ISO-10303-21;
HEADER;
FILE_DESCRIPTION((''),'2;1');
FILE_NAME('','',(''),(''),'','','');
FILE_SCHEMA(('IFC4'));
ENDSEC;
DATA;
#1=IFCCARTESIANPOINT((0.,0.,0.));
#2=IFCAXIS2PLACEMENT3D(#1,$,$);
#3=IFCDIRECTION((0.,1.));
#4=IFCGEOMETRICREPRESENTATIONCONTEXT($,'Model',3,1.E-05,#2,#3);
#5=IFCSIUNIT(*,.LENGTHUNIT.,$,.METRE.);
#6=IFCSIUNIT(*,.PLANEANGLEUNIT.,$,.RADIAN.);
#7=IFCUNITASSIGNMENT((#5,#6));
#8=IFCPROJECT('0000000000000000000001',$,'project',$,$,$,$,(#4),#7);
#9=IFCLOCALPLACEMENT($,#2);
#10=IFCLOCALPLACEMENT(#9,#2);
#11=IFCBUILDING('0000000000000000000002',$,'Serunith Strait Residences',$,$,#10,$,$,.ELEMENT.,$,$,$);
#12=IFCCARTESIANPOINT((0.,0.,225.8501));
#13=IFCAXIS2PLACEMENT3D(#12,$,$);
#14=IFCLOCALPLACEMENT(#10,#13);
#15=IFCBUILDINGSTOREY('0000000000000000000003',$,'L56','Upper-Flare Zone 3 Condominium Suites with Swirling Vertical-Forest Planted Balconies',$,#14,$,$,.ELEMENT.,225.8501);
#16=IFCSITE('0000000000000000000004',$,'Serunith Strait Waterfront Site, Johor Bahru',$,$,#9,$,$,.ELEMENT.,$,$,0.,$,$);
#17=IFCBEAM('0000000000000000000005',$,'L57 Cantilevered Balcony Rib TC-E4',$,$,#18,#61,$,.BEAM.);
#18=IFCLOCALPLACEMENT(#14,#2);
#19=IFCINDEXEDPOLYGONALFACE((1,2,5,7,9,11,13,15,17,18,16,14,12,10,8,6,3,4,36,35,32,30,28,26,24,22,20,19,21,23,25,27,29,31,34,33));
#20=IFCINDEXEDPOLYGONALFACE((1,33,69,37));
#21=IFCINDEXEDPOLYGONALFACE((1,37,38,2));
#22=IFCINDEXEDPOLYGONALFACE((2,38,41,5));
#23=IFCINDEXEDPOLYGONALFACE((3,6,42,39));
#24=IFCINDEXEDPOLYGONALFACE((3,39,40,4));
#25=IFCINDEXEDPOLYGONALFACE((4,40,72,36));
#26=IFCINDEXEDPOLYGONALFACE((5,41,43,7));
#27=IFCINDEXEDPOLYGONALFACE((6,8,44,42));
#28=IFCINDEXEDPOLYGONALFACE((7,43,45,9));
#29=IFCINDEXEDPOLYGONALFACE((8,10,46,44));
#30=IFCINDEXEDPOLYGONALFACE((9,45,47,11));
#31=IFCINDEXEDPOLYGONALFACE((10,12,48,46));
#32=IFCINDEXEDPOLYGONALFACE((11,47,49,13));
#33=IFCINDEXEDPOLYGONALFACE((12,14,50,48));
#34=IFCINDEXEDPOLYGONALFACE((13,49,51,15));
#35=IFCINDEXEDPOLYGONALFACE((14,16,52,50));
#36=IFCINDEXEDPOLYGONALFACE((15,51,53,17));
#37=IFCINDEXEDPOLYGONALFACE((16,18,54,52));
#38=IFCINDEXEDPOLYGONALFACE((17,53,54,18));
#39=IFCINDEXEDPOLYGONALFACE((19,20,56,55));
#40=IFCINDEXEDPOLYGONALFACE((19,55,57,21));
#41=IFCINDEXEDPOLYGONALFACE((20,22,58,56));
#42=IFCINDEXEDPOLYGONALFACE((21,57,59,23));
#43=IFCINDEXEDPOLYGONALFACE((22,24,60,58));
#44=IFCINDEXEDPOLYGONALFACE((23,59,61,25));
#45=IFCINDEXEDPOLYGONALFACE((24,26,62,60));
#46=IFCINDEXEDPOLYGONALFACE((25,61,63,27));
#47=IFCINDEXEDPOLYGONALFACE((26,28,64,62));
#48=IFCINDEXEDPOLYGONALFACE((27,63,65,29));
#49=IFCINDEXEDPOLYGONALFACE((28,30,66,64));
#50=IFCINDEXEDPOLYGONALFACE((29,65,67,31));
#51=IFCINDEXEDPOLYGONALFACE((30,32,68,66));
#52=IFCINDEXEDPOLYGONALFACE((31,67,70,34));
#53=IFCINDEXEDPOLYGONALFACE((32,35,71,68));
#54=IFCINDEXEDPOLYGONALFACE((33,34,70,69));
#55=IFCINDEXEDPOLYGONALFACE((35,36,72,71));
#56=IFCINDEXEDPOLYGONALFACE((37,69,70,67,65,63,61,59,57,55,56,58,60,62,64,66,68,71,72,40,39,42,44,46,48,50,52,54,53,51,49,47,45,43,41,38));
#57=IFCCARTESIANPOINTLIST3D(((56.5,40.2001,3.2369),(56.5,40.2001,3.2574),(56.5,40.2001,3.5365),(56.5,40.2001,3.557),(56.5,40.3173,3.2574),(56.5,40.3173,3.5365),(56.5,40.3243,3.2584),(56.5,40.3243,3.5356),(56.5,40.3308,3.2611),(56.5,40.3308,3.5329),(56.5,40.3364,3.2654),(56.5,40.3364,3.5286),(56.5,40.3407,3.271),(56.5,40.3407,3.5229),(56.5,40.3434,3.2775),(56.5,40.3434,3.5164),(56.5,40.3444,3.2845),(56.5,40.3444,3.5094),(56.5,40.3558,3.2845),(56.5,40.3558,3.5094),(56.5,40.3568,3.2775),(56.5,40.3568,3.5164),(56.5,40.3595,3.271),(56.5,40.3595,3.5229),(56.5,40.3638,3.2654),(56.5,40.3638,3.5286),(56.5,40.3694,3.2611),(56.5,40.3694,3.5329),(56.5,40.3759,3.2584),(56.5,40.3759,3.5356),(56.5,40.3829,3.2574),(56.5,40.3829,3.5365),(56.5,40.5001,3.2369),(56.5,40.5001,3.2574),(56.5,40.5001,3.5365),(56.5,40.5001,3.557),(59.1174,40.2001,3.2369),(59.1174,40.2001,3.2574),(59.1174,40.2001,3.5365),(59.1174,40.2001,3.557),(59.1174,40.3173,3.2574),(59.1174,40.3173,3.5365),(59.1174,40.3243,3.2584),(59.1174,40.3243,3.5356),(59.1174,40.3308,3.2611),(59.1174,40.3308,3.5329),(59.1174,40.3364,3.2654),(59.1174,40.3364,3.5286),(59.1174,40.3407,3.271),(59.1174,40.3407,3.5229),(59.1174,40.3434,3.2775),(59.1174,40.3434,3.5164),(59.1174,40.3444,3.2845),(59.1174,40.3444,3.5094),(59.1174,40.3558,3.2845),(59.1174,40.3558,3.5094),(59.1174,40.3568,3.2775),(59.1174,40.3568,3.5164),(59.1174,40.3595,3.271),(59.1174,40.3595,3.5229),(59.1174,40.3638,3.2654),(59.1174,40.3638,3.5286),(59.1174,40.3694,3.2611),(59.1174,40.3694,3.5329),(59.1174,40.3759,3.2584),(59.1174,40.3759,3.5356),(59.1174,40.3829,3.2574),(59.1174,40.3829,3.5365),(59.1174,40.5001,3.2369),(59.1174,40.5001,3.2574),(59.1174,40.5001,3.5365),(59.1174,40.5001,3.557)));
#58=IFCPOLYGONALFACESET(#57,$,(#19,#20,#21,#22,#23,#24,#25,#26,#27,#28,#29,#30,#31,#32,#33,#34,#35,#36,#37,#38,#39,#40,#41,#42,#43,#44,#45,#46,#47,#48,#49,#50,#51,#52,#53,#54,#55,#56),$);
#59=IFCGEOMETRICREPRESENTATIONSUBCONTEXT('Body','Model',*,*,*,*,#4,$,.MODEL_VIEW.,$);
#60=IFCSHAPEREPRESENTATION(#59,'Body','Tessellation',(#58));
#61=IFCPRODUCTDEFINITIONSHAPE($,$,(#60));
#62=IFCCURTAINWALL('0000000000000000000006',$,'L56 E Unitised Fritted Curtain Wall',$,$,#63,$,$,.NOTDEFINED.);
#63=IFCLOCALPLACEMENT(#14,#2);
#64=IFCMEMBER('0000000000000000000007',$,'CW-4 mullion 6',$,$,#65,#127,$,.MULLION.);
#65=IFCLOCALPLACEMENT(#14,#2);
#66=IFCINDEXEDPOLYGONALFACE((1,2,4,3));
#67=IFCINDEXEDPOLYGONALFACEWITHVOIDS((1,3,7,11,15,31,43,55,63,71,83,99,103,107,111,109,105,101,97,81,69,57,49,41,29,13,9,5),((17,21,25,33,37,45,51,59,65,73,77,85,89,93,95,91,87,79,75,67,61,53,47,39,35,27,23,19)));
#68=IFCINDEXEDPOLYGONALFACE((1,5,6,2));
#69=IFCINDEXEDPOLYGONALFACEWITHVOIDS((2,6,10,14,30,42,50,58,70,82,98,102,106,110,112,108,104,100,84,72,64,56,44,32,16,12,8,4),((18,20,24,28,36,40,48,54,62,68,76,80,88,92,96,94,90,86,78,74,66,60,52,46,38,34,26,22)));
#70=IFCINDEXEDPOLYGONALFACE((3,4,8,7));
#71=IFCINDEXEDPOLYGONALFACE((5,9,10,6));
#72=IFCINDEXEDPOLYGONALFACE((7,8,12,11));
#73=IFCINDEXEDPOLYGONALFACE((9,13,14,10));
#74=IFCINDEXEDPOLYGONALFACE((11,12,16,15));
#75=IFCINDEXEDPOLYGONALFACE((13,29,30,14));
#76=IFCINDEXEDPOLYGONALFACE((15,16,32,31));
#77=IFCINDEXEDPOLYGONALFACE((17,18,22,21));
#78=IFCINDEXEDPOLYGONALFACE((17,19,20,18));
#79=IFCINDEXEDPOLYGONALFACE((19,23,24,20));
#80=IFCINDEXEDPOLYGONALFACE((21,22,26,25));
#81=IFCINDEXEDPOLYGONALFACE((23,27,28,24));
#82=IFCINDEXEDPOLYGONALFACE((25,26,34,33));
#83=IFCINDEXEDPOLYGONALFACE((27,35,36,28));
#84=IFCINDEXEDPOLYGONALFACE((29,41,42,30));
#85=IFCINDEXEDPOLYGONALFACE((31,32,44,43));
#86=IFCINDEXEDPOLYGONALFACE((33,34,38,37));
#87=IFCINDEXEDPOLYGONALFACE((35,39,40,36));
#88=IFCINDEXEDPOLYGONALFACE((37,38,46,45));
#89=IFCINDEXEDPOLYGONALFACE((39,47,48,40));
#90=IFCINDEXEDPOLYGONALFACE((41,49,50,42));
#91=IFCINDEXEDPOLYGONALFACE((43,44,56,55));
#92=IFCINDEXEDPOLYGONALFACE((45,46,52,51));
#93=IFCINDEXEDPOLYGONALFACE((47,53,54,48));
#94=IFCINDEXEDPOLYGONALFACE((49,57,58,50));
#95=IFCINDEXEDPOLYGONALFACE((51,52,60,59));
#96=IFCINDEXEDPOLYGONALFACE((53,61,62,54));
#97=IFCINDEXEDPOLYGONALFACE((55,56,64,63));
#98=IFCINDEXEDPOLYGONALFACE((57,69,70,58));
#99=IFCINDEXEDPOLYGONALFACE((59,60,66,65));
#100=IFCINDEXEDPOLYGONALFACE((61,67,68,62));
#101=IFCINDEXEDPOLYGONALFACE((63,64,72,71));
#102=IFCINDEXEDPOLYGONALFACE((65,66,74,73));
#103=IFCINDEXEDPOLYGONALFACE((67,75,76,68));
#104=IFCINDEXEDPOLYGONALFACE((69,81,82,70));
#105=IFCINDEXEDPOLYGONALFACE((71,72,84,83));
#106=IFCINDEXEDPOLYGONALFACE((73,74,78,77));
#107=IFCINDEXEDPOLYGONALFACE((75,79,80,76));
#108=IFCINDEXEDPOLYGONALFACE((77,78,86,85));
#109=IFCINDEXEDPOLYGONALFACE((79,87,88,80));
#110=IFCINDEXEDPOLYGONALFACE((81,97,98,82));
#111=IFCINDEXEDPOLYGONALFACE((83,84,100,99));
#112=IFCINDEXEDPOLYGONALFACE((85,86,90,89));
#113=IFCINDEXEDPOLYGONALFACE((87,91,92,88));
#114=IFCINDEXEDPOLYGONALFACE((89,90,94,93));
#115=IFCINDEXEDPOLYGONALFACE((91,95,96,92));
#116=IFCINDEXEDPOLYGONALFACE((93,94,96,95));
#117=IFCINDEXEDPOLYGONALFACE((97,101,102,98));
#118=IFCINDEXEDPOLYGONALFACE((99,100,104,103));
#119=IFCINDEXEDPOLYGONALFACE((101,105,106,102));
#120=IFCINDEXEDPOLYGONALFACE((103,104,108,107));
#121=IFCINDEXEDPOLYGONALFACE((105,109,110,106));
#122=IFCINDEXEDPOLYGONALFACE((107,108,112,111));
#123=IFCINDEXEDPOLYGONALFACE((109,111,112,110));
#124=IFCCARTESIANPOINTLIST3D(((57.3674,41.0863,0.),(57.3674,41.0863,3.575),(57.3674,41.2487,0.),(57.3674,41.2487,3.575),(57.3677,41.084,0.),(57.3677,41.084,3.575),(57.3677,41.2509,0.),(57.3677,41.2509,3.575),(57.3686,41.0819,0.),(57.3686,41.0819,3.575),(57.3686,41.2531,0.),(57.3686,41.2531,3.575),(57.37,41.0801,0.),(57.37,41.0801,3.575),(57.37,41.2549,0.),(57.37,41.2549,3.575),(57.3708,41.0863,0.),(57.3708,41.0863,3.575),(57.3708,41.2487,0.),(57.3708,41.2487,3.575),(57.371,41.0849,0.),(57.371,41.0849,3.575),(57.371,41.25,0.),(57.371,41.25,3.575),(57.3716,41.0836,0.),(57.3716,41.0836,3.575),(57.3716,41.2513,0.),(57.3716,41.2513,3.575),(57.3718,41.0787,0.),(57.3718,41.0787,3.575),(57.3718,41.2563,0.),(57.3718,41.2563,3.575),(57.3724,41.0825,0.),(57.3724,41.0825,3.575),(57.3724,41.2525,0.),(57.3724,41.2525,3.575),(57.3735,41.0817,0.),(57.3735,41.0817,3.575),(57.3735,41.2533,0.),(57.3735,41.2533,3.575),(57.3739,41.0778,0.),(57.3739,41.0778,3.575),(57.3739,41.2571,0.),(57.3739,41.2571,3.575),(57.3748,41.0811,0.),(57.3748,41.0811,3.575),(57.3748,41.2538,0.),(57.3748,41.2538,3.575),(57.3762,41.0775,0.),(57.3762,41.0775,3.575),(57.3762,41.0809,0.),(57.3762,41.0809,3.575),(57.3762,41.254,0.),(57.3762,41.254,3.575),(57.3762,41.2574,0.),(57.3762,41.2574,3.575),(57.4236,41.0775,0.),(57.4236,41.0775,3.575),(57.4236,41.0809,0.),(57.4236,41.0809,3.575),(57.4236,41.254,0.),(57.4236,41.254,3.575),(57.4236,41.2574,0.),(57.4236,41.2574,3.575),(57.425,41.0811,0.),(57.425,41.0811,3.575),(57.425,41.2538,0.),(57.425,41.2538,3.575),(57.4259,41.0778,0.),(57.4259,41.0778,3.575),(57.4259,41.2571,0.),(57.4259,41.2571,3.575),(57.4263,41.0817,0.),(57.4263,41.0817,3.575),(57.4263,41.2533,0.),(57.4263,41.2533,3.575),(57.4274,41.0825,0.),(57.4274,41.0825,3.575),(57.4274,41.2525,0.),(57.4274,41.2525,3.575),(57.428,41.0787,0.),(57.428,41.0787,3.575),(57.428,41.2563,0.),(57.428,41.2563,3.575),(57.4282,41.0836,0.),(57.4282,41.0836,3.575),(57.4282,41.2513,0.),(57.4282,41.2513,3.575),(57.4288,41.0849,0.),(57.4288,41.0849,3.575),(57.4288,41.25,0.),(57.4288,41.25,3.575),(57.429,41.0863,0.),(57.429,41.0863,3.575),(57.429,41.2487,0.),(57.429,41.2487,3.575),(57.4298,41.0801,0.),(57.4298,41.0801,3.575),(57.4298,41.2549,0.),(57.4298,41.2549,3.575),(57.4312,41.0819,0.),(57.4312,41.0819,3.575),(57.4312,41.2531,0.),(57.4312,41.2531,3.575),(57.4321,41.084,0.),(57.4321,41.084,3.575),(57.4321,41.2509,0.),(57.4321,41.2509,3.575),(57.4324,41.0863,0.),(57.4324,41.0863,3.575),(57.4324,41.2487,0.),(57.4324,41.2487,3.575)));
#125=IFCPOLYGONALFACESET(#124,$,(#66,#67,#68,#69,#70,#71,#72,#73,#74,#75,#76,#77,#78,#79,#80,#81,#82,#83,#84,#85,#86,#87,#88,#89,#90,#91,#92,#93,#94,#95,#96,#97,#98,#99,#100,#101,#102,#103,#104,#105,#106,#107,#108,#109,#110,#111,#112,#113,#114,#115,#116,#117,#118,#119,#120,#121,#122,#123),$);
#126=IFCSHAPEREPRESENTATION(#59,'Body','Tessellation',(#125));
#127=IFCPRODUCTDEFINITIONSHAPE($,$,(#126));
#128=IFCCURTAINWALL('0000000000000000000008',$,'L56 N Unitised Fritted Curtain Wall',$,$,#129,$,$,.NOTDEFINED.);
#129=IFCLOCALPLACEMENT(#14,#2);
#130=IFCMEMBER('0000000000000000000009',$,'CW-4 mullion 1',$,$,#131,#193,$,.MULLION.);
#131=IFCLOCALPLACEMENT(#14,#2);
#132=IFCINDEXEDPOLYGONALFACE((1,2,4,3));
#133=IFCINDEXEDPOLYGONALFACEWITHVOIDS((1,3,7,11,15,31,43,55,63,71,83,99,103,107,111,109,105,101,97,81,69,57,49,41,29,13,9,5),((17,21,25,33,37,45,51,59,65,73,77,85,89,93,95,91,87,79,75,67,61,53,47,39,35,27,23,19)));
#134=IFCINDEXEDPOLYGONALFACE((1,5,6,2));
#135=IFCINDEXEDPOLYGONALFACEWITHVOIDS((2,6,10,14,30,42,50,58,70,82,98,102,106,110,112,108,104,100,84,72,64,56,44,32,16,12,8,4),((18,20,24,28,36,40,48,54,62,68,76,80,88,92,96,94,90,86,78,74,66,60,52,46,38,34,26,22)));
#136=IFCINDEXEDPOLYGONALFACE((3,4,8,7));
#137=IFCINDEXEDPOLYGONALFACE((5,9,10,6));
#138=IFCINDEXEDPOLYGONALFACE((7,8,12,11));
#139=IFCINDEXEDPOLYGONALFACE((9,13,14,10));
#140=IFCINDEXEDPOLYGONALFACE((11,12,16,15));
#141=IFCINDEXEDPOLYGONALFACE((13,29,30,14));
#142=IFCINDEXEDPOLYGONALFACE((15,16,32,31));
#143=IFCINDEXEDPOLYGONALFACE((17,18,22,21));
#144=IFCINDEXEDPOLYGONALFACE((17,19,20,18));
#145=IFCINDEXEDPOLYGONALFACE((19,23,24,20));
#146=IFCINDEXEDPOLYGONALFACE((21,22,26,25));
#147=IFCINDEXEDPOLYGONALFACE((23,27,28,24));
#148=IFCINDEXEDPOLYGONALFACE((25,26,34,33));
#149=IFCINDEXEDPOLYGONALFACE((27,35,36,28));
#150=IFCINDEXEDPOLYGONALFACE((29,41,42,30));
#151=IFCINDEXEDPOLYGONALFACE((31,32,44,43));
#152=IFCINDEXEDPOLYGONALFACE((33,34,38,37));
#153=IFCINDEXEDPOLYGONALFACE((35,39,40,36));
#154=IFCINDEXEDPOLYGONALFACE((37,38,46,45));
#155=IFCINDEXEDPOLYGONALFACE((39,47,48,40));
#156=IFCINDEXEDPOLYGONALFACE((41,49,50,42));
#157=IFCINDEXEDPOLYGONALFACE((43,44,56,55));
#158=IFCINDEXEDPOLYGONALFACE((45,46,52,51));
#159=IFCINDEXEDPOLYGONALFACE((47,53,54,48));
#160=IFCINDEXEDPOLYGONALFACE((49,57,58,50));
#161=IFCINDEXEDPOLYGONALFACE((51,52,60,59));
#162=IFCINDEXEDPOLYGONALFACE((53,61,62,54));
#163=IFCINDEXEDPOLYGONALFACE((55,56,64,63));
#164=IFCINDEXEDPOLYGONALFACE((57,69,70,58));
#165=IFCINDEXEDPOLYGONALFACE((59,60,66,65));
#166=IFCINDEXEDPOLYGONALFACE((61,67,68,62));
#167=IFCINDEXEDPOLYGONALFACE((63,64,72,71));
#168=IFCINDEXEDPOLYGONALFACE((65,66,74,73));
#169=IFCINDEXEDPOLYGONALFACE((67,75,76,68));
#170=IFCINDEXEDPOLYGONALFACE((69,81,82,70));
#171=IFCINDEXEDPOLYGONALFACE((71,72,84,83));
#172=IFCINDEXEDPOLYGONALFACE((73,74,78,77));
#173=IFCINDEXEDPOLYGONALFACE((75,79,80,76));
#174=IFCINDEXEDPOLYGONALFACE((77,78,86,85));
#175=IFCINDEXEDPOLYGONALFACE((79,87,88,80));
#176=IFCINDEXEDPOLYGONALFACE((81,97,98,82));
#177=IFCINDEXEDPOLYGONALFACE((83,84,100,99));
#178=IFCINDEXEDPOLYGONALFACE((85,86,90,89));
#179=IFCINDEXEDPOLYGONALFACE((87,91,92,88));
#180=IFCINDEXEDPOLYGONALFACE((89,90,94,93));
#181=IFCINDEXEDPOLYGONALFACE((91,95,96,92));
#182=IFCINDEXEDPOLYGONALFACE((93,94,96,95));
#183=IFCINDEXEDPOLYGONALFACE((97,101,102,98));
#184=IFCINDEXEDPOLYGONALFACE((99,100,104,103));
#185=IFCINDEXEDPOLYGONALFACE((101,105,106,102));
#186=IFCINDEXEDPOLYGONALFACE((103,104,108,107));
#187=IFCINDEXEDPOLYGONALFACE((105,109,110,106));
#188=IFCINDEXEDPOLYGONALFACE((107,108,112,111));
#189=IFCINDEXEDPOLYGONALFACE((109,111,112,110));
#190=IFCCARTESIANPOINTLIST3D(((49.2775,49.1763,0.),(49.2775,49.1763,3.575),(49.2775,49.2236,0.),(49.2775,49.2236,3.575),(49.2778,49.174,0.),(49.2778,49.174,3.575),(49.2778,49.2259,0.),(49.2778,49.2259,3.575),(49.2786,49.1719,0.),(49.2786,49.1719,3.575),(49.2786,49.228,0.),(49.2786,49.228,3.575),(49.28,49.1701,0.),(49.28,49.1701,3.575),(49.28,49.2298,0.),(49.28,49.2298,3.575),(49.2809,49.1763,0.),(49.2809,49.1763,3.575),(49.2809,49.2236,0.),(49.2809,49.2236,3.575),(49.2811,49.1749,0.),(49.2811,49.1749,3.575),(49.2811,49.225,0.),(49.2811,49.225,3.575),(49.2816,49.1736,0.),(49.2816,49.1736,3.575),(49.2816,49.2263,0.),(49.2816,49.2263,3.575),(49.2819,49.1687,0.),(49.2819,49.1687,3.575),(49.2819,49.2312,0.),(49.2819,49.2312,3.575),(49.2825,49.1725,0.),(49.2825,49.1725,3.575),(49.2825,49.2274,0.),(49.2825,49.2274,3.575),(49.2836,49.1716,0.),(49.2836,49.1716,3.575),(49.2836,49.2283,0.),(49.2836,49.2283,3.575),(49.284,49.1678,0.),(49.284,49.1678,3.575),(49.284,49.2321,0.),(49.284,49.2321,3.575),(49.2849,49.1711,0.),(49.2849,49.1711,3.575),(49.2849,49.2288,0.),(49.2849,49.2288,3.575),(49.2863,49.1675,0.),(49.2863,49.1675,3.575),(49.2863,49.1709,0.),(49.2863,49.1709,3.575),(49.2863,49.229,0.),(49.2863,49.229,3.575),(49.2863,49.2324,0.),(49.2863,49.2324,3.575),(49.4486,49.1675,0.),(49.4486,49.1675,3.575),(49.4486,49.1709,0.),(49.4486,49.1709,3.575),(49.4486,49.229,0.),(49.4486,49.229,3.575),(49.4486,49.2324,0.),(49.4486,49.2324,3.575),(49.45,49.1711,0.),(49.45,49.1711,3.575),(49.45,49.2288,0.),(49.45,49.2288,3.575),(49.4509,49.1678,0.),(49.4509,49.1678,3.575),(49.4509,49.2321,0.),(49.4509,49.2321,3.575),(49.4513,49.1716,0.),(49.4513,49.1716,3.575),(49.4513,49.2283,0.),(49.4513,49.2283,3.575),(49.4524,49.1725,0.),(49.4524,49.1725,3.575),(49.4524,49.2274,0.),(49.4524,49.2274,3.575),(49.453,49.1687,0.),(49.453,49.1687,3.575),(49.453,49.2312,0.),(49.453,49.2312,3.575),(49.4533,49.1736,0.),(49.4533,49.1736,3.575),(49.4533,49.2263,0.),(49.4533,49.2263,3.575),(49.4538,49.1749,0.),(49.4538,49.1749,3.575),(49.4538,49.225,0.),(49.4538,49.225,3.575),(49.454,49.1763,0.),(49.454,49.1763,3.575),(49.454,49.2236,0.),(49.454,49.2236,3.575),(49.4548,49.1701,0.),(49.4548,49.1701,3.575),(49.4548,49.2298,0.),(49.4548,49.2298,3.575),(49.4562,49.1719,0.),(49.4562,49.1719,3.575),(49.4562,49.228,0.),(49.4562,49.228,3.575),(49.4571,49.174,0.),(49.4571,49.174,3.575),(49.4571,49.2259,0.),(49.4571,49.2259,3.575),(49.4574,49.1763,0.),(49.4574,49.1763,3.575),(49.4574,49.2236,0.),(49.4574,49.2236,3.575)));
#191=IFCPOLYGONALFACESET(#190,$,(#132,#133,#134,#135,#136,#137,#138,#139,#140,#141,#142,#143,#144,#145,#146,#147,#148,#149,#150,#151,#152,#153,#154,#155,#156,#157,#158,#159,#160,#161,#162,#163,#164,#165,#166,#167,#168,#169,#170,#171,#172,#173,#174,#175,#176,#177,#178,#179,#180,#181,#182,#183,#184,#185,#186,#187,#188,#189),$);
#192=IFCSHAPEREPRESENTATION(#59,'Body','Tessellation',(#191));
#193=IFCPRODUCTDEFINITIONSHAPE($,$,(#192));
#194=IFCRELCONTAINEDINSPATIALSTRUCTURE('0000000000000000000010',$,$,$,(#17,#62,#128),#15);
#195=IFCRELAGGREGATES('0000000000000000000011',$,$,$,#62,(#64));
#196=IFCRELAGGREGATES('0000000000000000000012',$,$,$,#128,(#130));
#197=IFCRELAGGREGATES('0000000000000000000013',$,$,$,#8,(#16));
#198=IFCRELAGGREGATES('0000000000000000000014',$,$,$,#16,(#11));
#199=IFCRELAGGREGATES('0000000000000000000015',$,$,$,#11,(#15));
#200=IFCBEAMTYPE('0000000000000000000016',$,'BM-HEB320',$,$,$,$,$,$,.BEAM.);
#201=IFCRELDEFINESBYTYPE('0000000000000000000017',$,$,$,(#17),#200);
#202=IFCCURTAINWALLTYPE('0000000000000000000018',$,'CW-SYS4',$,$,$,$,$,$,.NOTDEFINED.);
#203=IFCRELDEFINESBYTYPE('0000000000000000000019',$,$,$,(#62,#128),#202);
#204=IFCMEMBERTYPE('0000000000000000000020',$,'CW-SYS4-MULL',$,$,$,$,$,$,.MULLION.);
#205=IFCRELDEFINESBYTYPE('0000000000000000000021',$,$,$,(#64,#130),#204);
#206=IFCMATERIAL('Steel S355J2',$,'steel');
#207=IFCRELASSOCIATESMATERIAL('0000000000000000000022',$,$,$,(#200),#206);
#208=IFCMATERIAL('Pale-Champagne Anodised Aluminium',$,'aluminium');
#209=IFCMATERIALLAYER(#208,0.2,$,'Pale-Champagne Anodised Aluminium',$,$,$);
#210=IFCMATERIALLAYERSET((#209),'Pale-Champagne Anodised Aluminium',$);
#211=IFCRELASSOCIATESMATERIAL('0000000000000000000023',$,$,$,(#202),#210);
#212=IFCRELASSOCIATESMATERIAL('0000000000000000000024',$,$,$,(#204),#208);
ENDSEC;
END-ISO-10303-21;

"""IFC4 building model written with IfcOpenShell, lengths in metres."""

from ifc_helpers import new_model, si_unit, direction, frame, origin, origin_2d, place, context, subcontext, project, spatial, hollow_rectangle, i_section, extrude, source, transform, mapped, material, layer, layer_set, material_profile, profile_set, type_object, element, aggregate, save


model = new_model("IFC4")

# Units and contexts
model_context = context("Model", 3, precision=1e-05, world=origin(), true_north=direction((0.0, 1.0)))
body_context = subcontext(model_context, "Body", "Model", "MODEL_VIEW")
ifc_project = project(units=[si_unit("LENGTHUNIT", "METRE"), si_unit("PLANEANGLEUNIT", "RADIAN")], contexts=[model_context])

# Site, building, storey
site_placement = place(None, origin())
site = spatial("IfcSite", under=ifc_project, at=site_placement, Name="Serunith Strait Waterfront Site, Johor Bahru", CompositionType="ELEMENT", RefElevation=0.0)
building_placement = place(site_placement, origin())
building = spatial("IfcBuilding", under=site, at=building_placement, Name="Serunith Strait Residences", CompositionType="ELEMENT")
storey_placement = place(building_placement, frame((0.0, 0.0, 225.8501)))
storey = spatial("IfcBuildingStorey", under=building, at=storey_placement, Name="L56", Description="Upper-Flare Zone 3 Condominium Suites with Swirling Vertical-Forest Planted Balconies", CompositionType="ELEMENT", Elevation=225.8501)

# Beam
ifc_material_1 = material(Name="Steel S355J2", Category="steel")
ifc_material_profile_1 = material_profile(ifc_material_1, i_section(OverallWidth=0.3, OverallDepth=0.3201, WebThickness=0.0115, FlangeThickness=0.0205, FilletRadius=0.0271, at=origin_2d()), Name="HEB 320")
ifc_profile_set_1 = profile_set([ifc_material_profile_1], Name="Steel S355J2")
beam_type_1 = type_object("IfcBeamType", Name="BM-HEB320", PredefinedType="BEAM", material=ifc_profile_set_1)
shared_shape_1 = source(origin(), body_context, "Body", "SweptSolid", [
    extrude(i_section(OverallWidth=0.3, OverallDepth=0.3201, WebThickness=0.0115, FlangeThickness=0.0205, FilletRadius=0.0271, at=origin_2d()), origin(), (0.0, 0.0, 1.0), 2.6174),
])
beam_1_placement = place(storey_placement, frame((56.5, 40.3501, 3.397), z_axis=(1.0, 0.0, 0.0), x_axis=(0.0, 1.0, 0.0)))
element("IfcBeam", 1, at=beam_1_placement, inside=storey, type_object=beam_type_1, Name="L57 Cantilevered Balcony Rib TC-E4", PredefinedType="BEAM", context=body_context, shape_type="MappedRepresentation", body=[
    mapped(shared_shape_1, transform((0.0, 0.0, 0.0), scale=1.0)),
])

# Curtain wall, member
ifc_material_2 = material(Name="Pale-Champagne Anodised Aluminium", Category="aluminium")
ifc_layer_1 = layer(ifc_material_2, 0.2, Name="Pale-Champagne Anodised Aluminium")
ifc_layer_set_1 = layer_set([ifc_layer_1], Name="Pale-Champagne Anodised Aluminium")
curtain_wall_type = type_object("IfcCurtainWallType", Name="CW-SYS4", PredefinedType="NOTDEFINED", material=ifc_layer_set_1)
curtain_wall_1_placement = place(storey_placement, origin())
curtain_wall_1 = element("IfcCurtainWall", 2, at=curtain_wall_1_placement, inside=storey, type_object=curtain_wall_type, Name="L56 E Unitised Fritted Curtain Wall", PredefinedType="NOTDEFINED")
ifc_material_profile_2 = material_profile(ifc_material_2, hollow_rectangle(XDim=0.0649, YDim=0.1799, WallThickness=0.0034, InnerFilletRadius=0.0054, OuterFilletRadius=0.0088, at=origin_2d()), Name="ALU 180x65x3.5")
ifc_profile_set_2 = profile_set([ifc_material_profile_2], Name="Pale-Champagne Anodised Aluminium")
member_type_1 = type_object("IfcMemberType", Name="CW-SYS4-MULL", PredefinedType="MULLION", material=ifc_profile_set_2)
shared_shape_2 = source(origin(), body_context, "Body", "SweptSolid", [
    extrude(hollow_rectangle(XDim=0.0649, YDim=0.1799, WallThickness=0.0034, InnerFilletRadius=0.0054, OuterFilletRadius=0.0088, at=origin_2d()), origin(), (0.0, 0.0, 1.0), 3.575),
])
member_1_placement = place(storey_placement, frame((57.3999, 41.1675, 0.0), z_axis=(0.0, 0.0, 1.0), x_axis=(-1.0, 0.0, 0.0)))
member_1 = element("IfcMember", 3, at=member_1_placement, type_object=member_type_1, Name="CW-4 mullion 6", PredefinedType="MULLION", context=body_context, shape_type="MappedRepresentation", body=[
    mapped(shared_shape_2, transform((0.0, 0.0, 0.0), scale=1.0)),
])
aggregate(curtain_wall_1, [member_1])

# Curtain wall, member
curtain_wall_2_placement = place(storey_placement, origin())
curtain_wall_2 = element("IfcCurtainWall", 4, at=curtain_wall_2_placement, inside=storey, type_object=curtain_wall_type, Name="L56 N Unitised Fritted Curtain Wall", PredefinedType="NOTDEFINED")
member_2_placement = place(storey_placement, frame((49.3674, 49.2, 0.0), z_axis=(0.0, 0.0, 1.0), x_axis=(0.0, -1.0, 0.0)))
member_2 = element("IfcMember", 5, at=member_2_placement, type_object=member_type_1, Name="CW-4 mullion 1", PredefinedType="MULLION", context=body_context, shape_type="MappedRepresentation", body=[
    mapped(shared_shape_2, transform((0.0, 0.0, 0.0), scale=1.0)),
])
aggregate(curtain_wall_2, [member_2])

save(model, "model.ifc")
